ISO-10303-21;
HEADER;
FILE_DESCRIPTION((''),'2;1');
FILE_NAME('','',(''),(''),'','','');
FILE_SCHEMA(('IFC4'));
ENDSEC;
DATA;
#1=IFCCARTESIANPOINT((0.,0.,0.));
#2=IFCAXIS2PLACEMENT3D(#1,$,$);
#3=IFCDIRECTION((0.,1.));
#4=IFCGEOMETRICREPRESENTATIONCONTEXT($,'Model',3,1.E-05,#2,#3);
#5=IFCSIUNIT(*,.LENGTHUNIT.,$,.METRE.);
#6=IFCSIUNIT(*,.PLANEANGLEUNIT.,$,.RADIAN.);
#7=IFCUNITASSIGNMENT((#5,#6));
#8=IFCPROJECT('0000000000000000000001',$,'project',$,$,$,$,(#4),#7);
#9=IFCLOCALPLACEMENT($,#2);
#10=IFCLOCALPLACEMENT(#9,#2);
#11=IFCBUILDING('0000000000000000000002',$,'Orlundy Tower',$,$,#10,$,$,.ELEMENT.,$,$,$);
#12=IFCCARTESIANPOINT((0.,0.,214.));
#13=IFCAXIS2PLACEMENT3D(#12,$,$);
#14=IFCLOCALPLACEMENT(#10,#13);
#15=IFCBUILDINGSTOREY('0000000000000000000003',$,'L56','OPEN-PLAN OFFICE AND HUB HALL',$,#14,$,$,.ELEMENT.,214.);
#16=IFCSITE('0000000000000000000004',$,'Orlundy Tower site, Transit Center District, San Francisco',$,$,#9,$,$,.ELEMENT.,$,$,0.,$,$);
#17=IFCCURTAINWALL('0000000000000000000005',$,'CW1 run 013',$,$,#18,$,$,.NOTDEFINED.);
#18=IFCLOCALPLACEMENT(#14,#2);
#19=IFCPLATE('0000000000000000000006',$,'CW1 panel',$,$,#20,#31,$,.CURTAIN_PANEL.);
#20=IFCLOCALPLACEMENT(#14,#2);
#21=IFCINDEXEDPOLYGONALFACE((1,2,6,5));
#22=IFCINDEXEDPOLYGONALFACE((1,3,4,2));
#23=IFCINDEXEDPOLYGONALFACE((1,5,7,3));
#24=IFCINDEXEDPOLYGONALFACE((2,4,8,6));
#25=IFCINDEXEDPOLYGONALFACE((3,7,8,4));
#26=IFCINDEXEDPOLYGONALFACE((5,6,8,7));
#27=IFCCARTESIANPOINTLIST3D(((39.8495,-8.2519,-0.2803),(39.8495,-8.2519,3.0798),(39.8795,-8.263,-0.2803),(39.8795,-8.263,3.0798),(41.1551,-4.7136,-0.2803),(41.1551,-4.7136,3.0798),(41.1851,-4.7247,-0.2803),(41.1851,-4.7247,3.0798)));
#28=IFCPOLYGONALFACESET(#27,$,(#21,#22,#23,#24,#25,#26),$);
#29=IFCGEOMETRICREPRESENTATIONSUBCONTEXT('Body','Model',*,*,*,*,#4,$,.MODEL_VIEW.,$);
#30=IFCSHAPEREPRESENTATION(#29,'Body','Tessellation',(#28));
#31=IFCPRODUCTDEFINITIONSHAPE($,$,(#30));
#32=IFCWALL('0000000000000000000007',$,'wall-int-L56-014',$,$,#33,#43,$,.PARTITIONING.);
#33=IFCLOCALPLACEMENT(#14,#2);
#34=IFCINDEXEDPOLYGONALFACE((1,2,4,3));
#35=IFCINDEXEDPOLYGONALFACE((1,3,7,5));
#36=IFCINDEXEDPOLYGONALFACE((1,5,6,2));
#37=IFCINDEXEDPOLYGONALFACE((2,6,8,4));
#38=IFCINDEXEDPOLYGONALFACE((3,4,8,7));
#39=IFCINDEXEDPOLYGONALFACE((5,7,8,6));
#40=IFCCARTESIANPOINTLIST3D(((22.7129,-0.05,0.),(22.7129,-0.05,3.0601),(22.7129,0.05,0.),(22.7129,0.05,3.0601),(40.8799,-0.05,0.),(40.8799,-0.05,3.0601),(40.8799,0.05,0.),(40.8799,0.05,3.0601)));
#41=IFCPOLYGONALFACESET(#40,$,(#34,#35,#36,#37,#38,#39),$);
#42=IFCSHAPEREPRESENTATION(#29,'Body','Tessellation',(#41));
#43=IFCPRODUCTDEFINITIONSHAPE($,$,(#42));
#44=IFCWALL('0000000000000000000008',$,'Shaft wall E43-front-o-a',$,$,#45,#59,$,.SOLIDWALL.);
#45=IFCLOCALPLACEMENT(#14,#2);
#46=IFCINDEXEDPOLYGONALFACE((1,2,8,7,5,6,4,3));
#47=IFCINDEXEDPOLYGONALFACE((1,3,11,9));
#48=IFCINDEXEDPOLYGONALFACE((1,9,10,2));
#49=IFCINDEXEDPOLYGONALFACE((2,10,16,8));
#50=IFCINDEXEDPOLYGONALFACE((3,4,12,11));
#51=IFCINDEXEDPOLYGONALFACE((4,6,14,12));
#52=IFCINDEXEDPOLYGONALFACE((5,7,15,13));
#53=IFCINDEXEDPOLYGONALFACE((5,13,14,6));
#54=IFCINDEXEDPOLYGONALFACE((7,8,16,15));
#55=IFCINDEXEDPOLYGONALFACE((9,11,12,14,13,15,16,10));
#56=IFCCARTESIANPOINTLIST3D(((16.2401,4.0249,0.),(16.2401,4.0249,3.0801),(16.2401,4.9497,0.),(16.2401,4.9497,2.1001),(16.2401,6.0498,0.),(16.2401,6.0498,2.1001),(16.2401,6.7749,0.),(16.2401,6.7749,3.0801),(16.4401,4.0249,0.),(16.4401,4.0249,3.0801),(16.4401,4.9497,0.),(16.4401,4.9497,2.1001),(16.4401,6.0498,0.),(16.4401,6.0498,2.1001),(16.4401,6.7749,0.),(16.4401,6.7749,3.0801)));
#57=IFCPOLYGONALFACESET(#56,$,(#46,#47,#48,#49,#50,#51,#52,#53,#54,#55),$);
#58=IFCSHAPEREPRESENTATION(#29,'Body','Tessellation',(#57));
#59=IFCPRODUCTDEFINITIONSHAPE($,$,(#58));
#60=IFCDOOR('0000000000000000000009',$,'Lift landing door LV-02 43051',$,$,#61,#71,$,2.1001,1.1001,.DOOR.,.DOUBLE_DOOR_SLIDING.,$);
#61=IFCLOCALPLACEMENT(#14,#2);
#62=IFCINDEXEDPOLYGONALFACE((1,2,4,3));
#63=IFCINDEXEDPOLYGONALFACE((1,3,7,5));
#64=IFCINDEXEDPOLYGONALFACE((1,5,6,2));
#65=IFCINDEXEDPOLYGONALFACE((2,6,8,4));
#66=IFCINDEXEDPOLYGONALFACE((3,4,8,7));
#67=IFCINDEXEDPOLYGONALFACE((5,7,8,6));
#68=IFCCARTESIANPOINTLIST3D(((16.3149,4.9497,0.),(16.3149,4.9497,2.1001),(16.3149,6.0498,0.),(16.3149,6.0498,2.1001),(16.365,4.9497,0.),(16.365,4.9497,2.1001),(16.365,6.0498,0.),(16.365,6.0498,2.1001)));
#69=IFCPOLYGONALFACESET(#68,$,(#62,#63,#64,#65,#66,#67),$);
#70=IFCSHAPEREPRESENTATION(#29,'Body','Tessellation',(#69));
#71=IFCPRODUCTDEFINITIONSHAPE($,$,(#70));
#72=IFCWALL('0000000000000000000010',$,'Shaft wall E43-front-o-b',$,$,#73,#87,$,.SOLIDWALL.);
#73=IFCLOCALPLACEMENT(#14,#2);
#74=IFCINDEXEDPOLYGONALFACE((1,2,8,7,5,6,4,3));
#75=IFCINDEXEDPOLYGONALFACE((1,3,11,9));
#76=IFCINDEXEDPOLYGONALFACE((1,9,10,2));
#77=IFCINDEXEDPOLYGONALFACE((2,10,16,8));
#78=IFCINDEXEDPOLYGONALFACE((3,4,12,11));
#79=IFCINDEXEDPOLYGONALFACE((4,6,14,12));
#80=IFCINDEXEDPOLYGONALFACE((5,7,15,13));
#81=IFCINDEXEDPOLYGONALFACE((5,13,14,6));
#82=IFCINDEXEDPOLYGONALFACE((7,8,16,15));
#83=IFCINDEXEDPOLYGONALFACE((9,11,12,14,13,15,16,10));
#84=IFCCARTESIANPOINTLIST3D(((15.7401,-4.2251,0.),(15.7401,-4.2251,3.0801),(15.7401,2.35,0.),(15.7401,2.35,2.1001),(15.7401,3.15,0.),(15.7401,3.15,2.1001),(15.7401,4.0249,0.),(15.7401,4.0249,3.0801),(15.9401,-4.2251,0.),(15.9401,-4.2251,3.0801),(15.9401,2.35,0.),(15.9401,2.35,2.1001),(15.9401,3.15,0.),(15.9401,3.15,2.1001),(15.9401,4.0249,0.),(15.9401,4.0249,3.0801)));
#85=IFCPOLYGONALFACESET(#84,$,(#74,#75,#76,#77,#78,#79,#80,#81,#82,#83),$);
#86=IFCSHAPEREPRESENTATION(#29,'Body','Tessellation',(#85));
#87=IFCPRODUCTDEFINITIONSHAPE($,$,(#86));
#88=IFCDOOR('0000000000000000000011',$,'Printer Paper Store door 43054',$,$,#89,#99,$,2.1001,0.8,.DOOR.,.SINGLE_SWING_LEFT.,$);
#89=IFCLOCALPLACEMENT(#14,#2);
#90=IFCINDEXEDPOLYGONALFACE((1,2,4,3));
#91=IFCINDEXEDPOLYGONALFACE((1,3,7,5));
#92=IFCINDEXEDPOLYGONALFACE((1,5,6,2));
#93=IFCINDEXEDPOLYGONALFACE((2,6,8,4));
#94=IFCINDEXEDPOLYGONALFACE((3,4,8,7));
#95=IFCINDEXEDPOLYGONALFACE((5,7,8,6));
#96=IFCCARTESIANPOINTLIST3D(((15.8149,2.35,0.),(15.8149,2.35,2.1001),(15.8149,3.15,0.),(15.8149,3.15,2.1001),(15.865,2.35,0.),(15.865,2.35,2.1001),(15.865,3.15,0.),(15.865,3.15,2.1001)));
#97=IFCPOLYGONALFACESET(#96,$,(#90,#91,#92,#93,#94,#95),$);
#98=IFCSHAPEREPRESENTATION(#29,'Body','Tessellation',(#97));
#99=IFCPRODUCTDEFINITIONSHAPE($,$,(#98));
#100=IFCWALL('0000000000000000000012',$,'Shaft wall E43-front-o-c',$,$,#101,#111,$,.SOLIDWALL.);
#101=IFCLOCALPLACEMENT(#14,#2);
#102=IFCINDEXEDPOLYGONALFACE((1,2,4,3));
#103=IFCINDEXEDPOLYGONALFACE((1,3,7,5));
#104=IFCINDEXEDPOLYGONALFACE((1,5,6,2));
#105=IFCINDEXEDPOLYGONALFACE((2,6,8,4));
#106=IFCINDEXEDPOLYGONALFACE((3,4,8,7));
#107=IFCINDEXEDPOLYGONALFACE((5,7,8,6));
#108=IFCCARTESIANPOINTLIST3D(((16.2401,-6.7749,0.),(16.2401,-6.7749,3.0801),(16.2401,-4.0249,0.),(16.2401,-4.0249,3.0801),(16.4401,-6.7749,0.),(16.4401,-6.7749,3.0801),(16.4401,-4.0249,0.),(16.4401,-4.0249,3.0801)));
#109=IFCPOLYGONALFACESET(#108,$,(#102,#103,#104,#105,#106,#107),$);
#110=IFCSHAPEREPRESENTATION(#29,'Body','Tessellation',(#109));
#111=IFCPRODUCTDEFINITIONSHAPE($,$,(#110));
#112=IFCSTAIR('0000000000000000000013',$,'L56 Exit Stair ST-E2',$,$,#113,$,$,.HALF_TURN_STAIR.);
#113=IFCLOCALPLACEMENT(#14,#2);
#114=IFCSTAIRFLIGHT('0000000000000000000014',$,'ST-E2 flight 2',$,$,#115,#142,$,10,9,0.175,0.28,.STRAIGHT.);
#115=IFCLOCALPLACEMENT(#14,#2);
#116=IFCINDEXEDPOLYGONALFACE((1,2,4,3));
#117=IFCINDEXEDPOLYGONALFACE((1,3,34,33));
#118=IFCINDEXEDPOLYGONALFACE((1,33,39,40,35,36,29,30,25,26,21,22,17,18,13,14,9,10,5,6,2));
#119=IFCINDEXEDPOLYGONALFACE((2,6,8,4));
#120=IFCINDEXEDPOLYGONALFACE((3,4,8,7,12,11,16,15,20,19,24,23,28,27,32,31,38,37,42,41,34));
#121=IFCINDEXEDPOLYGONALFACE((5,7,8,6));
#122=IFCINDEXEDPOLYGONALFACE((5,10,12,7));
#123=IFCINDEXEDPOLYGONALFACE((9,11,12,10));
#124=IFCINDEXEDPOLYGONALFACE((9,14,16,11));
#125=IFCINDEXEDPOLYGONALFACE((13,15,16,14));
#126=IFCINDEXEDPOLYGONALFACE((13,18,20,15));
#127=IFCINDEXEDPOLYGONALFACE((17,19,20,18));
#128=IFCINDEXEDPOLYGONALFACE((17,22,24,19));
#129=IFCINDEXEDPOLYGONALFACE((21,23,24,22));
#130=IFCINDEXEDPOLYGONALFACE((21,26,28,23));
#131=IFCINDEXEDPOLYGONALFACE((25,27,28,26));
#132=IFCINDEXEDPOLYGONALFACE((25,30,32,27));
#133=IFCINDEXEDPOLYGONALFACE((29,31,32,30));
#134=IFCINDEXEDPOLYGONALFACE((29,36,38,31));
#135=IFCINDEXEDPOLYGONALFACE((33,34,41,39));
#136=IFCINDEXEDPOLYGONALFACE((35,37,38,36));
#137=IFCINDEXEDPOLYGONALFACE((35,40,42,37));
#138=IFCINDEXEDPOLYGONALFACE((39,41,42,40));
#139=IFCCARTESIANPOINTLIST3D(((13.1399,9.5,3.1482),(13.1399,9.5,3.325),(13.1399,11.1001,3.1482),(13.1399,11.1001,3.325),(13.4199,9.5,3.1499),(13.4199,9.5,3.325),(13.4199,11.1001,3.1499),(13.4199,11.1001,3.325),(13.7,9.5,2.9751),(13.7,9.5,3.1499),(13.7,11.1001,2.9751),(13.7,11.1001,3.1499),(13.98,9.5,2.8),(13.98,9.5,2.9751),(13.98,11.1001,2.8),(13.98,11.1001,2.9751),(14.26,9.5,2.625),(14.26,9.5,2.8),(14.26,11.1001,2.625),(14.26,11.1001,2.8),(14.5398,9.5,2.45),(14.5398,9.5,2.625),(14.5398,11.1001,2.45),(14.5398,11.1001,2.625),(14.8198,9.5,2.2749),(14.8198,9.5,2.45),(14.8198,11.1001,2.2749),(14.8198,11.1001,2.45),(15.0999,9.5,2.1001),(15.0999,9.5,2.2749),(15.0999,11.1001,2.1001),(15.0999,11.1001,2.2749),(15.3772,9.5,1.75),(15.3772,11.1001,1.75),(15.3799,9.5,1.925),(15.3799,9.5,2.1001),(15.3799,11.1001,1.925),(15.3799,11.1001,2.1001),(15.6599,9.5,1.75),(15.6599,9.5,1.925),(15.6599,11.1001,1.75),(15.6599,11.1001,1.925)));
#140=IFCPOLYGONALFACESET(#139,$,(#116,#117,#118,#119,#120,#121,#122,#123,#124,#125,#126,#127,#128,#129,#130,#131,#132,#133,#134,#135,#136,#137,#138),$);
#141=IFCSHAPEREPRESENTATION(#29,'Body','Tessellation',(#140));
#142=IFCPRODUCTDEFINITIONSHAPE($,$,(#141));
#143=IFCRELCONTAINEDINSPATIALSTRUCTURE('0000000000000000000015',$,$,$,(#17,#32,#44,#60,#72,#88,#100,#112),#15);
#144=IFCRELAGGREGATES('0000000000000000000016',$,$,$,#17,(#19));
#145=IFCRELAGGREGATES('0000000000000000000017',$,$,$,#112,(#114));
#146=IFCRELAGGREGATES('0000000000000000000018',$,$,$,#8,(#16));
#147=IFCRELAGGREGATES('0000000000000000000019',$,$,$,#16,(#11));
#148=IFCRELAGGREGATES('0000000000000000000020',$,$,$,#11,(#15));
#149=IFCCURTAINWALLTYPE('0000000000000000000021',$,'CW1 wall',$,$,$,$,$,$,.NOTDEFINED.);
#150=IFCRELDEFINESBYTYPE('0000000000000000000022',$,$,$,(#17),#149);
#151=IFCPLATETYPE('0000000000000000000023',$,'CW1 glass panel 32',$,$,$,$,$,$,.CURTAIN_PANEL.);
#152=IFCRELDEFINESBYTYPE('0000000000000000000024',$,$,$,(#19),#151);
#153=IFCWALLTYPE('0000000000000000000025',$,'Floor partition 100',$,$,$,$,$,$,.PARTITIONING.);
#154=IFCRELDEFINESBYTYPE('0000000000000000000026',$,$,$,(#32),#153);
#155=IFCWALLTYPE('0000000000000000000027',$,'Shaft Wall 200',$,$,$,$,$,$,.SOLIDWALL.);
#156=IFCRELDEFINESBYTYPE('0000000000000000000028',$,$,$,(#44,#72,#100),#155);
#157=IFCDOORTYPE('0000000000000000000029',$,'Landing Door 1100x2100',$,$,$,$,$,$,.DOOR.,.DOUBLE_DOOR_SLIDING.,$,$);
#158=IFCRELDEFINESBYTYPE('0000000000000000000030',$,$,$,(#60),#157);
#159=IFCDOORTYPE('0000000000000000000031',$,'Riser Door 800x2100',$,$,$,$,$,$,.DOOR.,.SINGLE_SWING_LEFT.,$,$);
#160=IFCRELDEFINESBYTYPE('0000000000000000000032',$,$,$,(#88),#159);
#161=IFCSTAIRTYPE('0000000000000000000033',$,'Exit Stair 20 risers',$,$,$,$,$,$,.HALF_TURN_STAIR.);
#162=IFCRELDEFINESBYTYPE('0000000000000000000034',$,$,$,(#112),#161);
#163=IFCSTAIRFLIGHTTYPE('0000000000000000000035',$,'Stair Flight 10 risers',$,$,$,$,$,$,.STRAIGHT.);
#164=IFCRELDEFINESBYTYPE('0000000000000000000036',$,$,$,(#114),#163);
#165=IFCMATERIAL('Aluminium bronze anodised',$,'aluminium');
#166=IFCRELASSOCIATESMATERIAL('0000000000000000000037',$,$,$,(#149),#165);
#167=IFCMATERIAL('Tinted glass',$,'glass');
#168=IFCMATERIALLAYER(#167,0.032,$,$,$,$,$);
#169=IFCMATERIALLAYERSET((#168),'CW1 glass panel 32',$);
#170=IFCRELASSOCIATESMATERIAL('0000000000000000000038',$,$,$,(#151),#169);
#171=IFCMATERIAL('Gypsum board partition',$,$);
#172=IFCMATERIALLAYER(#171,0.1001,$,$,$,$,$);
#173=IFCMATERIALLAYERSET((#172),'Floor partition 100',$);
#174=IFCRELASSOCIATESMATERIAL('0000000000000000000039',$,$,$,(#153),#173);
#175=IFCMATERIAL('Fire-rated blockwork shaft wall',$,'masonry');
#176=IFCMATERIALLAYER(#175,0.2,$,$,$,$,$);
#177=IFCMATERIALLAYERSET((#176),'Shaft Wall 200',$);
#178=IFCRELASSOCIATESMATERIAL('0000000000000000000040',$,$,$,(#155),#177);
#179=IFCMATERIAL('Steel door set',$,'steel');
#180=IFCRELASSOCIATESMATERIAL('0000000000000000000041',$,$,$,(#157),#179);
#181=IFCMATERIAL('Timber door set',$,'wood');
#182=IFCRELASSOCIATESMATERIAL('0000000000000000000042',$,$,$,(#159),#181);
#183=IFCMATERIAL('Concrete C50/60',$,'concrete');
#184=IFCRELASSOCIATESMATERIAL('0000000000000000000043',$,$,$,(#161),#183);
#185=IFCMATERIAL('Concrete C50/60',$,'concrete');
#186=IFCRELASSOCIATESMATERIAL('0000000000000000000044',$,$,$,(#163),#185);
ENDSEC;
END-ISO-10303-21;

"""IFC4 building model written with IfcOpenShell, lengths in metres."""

from ifc_helpers import new_model, si_unit, direction, frame, frame_2d, origin, origin_2d, place, context, subcontext, project, spatial, polyline, rectangle, outline, extrude, material, layer, layer_set, type_object, element, fill, aggregate, save


model = new_model("IFC4")

# Units and contexts
model_context = context("Model", 3, precision=1e-05, world=origin(), true_north=direction((0.0, 1.0)))
body_context = subcontext(model_context, "Body", "Model", "MODEL_VIEW")
ifc_project = project(units=[si_unit("LENGTHUNIT", "METRE"), si_unit("PLANEANGLEUNIT", "RADIAN")], contexts=[model_context])

# Site, building, storey
site_placement = place(None, origin())
site = spatial("IfcSite", under=ifc_project, at=site_placement, Name="Orlundy Tower site, Transit Center District, San Francisco", CompositionType="ELEMENT", RefElevation=0.0)
building_placement = place(site_placement, origin())
building = spatial("IfcBuilding", under=site, at=building_placement, Name="Orlundy Tower", CompositionType="ELEMENT")
storey_placement = place(building_placement, frame((0.0, 0.0, 214.0)))
storey = spatial("IfcBuildingStorey", under=building, at=storey_placement, Name="L56", Description="OPEN-PLAN OFFICE AND HUB HALL", CompositionType="ELEMENT", Elevation=214.0)

# Curtain wall
ifc_material_1 = material(Name="Aluminium bronze anodised", Category="aluminium")
curtain_wall_type = type_object("IfcCurtainWallType", Name="CW1 wall", PredefinedType="NOTDEFINED", material=ifc_material_1)
curtain_wall_1_placement = place(storey_placement, origin())
curtain_wall_1 = element("IfcCurtainWall", 1, at=curtain_wall_1_placement, inside=storey, type_object=curtain_wall_type, Name="CW1 run 013", PredefinedType="NOTDEFINED")

# Plate
ifc_material_2 = material(Name="Tinted glass", Category="glass")
ifc_layer_1 = layer(ifc_material_2, 0.032)
ifc_layer_set_1 = layer_set([ifc_layer_1], Name="CW1 glass panel 32")
plate_type = type_object("IfcPlateType", Name="CW1 glass panel 32", PredefinedType="CURTAIN_PANEL", material=ifc_layer_set_1)
plate_1_placement = place(storey_placement, frame((40.5173, -6.4883, -0.2803), z_axis=(0.0, 0.0, 1.0), x_axis=(-0.34618, -0.938168, 0.0)))
plate_1 = element("IfcPlate", 2, at=plate_1_placement, type_object=plate_type, Name="CW1 panel", PredefinedType="CURTAIN_PANEL", context=body_context, shape_type="SweptSolid", body=[
    extrude(rectangle(XDim=3.7715, YDim=0.032, at=origin_2d()), origin(), (0.0, 0.0, 1.0), 3.3601),
])
aggregate(curtain_wall_1, [plate_1])

# Wall
ifc_material_3 = material(Name="Gypsum board partition")
ifc_layer_2 = layer(ifc_material_3, 0.1001)
ifc_layer_set_2 = layer_set([ifc_layer_2], Name="Floor partition 100")
wall_type_1 = type_object("IfcWallType", Name="Floor partition 100", PredefinedType="PARTITIONING", material=ifc_layer_set_2)
wall_1_placement = place(storey_placement, frame((22.7129, 0.0, 0.0), z_axis=(0.0, 0.0, 1.0), x_axis=(1.0, 0.0, 0.0)))
element("IfcWall", 3, at=wall_1_placement, inside=storey, type_object=wall_type_1, Name="wall-int-L56-014", PredefinedType="PARTITIONING", context=body_context, shape_type="SweptSolid", body=[
    extrude(rectangle(XDim=18.167, YDim=0.1001, at=frame_2d((9.0835, 0.0))), origin(), (0.0, 0.0, 1.0), 3.0601),
])

# Walls, openings, doors
ifc_material_4 = material(Name="Fire-rated blockwork shaft wall", Category="masonry")
ifc_layer_3 = layer(ifc_material_4, 0.2)
ifc_layer_set_3 = layer_set([ifc_layer_3], Name="Shaft Wall 200")
wall_type_2 = type_object("IfcWallType", Name="Shaft Wall 200", PredefinedType="SOLIDWALL", material=ifc_layer_set_3)
wall_2_placement = place(storey_placement, frame((16.3401, 6.7749, 0.0), z_axis=(0.0, 0.0, 1.0), x_axis=(0.0, -1.0, 0.0)))
wall_2 = element("IfcWall", 4, at=wall_2_placement, inside=storey, type_object=wall_type_2, Name="Shaft wall E43-front-o-a", PredefinedType="SOLIDWALL", context=body_context, shape_type="SweptSolid", body=[
    extrude(rectangle(XDim=2.75, YDim=0.2, at=frame_2d((1.375, 0.0))), origin(), (0.0, 0.0, 1.0), 3.0801),
])
opening_1_placement = place(wall_2_placement, frame((0.7251, 0.0, 0.0)))
opening_1 = element("IfcOpeningElement", 5, at=opening_1_placement, cuts=wall_2, PredefinedType="OPENING", context=body_context, shape_type="SweptSolid", body=[
    extrude(rectangle(XDim=1.1001, YDim=2.1001, at=frame_2d((0.55, 1.05))), frame((0.0, 0.1101, 0.0), z_axis=(0.0, -1.0, 0.0), x_axis=(1.0, 0.0, 0.0)), (0.0, 0.0, 1.0), 0.2202),
])
ifc_material_5 = material(Name="Steel door set", Category="steel")
door_type_1 = type_object("IfcDoorType", Name="Landing Door 1100x2100", OperationType="DOUBLE_DOOR_SLIDING", PredefinedType="DOOR", material=ifc_material_5)
door_1_placement = place(opening_1_placement, origin())
door_1 = element("IfcDoor", 6, at=door_1_placement, inside=storey, type_object=door_type_1, Name="Lift landing door LV-02 43051", OperationType="DOUBLE_DOOR_SLIDING", OverallHeight=2.1001, OverallWidth=1.1001, PredefinedType="DOOR", context=body_context, shape_type="SweptSolid", body=[
    extrude(rectangle(XDim=1.1001, YDim=2.1001, at=frame_2d((0.55, 1.05))), frame((0.0, 0.0249, 0.0), z_axis=(0.0, -1.0, 0.0), x_axis=(1.0, 0.0, 0.0)), (0.0, 0.0, 1.0), 0.05),
])
fill(opening_1, door_1)
wall_3_placement = place(storey_placement, frame((15.8401, 4.0249, 0.0), z_axis=(0.0, 0.0, 1.0), x_axis=(0.0, -1.0, 0.0)))
wall_3 = element("IfcWall", 7, at=wall_3_placement, inside=storey, type_object=wall_type_2, Name="Shaft wall E43-front-o-b", PredefinedType="SOLIDWALL", context=body_context, shape_type="SweptSolid", body=[
    extrude(rectangle(XDim=8.25, YDim=0.2, at=frame_2d((4.125, 0.0))), origin(), (0.0, 0.0, 1.0), 3.0801),
])
opening_2_placement = place(wall_3_placement, frame((0.875, 0.0, 0.0)))
opening_2 = element("IfcOpeningElement", 8, at=opening_2_placement, cuts=wall_3, PredefinedType="OPENING", context=body_context, shape_type="SweptSolid", body=[
    extrude(rectangle(XDim=0.8, YDim=2.1001, at=frame_2d((0.3999, 1.05))), frame((0.0, 0.1101, 0.0), z_axis=(0.0, -1.0, 0.0), x_axis=(1.0, 0.0, 0.0)), (0.0, 0.0, 1.0), 0.2202),
])
ifc_material_6 = material(Name="Timber door set", Category="wood")
door_type_2 = type_object("IfcDoorType", Name="Riser Door 800x2100", OperationType="SINGLE_SWING_LEFT", PredefinedType="DOOR", material=ifc_material_6)
door_2_placement = place(opening_2_placement, origin())
door_2 = element("IfcDoor", 9, at=door_2_placement, inside=storey, type_object=door_type_2, Name="Printer Paper Store door 43054", OperationType="SINGLE_SWING_LEFT", OverallHeight=2.1001, OverallWidth=0.8, PredefinedType="DOOR", context=body_context, shape_type="SweptSolid", body=[
    extrude(rectangle(XDim=0.8, YDim=2.1001, at=frame_2d((0.3999, 1.05))), frame((0.0, 0.0249, 0.0), z_axis=(0.0, -1.0, 0.0), x_axis=(1.0, 0.0, 0.0)), (0.0, 0.0, 1.0), 0.05),
])
fill(opening_2, door_2)

# Wall
wall_4_placement = place(storey_placement, frame((16.3401, -4.0249, 0.0), z_axis=(0.0, 0.0, 1.0), x_axis=(0.0, -1.0, 0.0)))
element("IfcWall", 10, at=wall_4_placement, inside=storey, type_object=wall_type_2, Name="Shaft wall E43-front-o-c", PredefinedType="SOLIDWALL", context=body_context, shape_type="SweptSolid", body=[
    extrude(rectangle(XDim=2.75, YDim=0.2, at=frame_2d((1.375, 0.0))), origin(), (0.0, 0.0, 1.0), 3.0801),
])

# Stair, stair flight
ifc_material_7 = material(Name="Concrete C50/60", Category="concrete")
stair_type = type_object("IfcStairType", Name="Exit Stair 20 risers", PredefinedType="HALF_TURN_STAIR", material=ifc_material_7)
stair_placement = place(storey_placement, origin())
stair = element("IfcStair", 11, at=stair_placement, inside=storey, type_object=stair_type, Name="L56 Exit Stair ST-E2", PredefinedType="HALF_TURN_STAIR")
ifc_material_8 = material(Name="Concrete C50/60", Category="concrete")
stair_flight_type = type_object("IfcStairFlightType", Name="Stair Flight 10 risers", PredefinedType="STRAIGHT", material=ifc_material_8)
stair_flight_placement = place(storey_placement, frame((15.6599, 10.3, 1.75), z_axis=(0.0, 0.0, 1.0), x_axis=(-1.0, 0.0, 0.0)))
stair_flight = element("IfcStairFlight", 12, at=stair_flight_placement, type_object=stair_flight_type, Name="ST-E2 flight 2", NumberOfRisers=10, NumberOfTreads=9, PredefinedType="STRAIGHT", RiserHeight=0.175, TreadLength=0.28, context=body_context, shape_type="SweptSolid", body=[
    extrude(outline(polyline([(0.0, 0.0), (0.0, 0.175), (0.28, 0.175), (0.28, 0.3501), (0.5601, 0.3501), (0.5601, 0.5249), (0.8401, 0.5249), (0.8401, 0.7), (1.1201, 0.7), (1.1201, 0.875), (1.3999, 0.875), (1.3999, 1.05), (1.6799, 1.05), (1.6799, 1.2251), (1.96, 1.2251), (1.96, 1.3999), (2.24, 1.3999), (2.24, 1.575), (2.52, 1.575), (2.52, 1.75), (2.52, 1.3982), (0.2827, 0.0), (0.0, 0.0)])), frame((0.0, 0.8, 0.0), z_axis=(0.0, -1.0, 0.0), x_axis=(1.0, 0.0, 0.0)), (0.0, 0.0, 1.0), 1.6001),
])
aggregate(stair, [stair_flight])

save(model, "model.ifc")
